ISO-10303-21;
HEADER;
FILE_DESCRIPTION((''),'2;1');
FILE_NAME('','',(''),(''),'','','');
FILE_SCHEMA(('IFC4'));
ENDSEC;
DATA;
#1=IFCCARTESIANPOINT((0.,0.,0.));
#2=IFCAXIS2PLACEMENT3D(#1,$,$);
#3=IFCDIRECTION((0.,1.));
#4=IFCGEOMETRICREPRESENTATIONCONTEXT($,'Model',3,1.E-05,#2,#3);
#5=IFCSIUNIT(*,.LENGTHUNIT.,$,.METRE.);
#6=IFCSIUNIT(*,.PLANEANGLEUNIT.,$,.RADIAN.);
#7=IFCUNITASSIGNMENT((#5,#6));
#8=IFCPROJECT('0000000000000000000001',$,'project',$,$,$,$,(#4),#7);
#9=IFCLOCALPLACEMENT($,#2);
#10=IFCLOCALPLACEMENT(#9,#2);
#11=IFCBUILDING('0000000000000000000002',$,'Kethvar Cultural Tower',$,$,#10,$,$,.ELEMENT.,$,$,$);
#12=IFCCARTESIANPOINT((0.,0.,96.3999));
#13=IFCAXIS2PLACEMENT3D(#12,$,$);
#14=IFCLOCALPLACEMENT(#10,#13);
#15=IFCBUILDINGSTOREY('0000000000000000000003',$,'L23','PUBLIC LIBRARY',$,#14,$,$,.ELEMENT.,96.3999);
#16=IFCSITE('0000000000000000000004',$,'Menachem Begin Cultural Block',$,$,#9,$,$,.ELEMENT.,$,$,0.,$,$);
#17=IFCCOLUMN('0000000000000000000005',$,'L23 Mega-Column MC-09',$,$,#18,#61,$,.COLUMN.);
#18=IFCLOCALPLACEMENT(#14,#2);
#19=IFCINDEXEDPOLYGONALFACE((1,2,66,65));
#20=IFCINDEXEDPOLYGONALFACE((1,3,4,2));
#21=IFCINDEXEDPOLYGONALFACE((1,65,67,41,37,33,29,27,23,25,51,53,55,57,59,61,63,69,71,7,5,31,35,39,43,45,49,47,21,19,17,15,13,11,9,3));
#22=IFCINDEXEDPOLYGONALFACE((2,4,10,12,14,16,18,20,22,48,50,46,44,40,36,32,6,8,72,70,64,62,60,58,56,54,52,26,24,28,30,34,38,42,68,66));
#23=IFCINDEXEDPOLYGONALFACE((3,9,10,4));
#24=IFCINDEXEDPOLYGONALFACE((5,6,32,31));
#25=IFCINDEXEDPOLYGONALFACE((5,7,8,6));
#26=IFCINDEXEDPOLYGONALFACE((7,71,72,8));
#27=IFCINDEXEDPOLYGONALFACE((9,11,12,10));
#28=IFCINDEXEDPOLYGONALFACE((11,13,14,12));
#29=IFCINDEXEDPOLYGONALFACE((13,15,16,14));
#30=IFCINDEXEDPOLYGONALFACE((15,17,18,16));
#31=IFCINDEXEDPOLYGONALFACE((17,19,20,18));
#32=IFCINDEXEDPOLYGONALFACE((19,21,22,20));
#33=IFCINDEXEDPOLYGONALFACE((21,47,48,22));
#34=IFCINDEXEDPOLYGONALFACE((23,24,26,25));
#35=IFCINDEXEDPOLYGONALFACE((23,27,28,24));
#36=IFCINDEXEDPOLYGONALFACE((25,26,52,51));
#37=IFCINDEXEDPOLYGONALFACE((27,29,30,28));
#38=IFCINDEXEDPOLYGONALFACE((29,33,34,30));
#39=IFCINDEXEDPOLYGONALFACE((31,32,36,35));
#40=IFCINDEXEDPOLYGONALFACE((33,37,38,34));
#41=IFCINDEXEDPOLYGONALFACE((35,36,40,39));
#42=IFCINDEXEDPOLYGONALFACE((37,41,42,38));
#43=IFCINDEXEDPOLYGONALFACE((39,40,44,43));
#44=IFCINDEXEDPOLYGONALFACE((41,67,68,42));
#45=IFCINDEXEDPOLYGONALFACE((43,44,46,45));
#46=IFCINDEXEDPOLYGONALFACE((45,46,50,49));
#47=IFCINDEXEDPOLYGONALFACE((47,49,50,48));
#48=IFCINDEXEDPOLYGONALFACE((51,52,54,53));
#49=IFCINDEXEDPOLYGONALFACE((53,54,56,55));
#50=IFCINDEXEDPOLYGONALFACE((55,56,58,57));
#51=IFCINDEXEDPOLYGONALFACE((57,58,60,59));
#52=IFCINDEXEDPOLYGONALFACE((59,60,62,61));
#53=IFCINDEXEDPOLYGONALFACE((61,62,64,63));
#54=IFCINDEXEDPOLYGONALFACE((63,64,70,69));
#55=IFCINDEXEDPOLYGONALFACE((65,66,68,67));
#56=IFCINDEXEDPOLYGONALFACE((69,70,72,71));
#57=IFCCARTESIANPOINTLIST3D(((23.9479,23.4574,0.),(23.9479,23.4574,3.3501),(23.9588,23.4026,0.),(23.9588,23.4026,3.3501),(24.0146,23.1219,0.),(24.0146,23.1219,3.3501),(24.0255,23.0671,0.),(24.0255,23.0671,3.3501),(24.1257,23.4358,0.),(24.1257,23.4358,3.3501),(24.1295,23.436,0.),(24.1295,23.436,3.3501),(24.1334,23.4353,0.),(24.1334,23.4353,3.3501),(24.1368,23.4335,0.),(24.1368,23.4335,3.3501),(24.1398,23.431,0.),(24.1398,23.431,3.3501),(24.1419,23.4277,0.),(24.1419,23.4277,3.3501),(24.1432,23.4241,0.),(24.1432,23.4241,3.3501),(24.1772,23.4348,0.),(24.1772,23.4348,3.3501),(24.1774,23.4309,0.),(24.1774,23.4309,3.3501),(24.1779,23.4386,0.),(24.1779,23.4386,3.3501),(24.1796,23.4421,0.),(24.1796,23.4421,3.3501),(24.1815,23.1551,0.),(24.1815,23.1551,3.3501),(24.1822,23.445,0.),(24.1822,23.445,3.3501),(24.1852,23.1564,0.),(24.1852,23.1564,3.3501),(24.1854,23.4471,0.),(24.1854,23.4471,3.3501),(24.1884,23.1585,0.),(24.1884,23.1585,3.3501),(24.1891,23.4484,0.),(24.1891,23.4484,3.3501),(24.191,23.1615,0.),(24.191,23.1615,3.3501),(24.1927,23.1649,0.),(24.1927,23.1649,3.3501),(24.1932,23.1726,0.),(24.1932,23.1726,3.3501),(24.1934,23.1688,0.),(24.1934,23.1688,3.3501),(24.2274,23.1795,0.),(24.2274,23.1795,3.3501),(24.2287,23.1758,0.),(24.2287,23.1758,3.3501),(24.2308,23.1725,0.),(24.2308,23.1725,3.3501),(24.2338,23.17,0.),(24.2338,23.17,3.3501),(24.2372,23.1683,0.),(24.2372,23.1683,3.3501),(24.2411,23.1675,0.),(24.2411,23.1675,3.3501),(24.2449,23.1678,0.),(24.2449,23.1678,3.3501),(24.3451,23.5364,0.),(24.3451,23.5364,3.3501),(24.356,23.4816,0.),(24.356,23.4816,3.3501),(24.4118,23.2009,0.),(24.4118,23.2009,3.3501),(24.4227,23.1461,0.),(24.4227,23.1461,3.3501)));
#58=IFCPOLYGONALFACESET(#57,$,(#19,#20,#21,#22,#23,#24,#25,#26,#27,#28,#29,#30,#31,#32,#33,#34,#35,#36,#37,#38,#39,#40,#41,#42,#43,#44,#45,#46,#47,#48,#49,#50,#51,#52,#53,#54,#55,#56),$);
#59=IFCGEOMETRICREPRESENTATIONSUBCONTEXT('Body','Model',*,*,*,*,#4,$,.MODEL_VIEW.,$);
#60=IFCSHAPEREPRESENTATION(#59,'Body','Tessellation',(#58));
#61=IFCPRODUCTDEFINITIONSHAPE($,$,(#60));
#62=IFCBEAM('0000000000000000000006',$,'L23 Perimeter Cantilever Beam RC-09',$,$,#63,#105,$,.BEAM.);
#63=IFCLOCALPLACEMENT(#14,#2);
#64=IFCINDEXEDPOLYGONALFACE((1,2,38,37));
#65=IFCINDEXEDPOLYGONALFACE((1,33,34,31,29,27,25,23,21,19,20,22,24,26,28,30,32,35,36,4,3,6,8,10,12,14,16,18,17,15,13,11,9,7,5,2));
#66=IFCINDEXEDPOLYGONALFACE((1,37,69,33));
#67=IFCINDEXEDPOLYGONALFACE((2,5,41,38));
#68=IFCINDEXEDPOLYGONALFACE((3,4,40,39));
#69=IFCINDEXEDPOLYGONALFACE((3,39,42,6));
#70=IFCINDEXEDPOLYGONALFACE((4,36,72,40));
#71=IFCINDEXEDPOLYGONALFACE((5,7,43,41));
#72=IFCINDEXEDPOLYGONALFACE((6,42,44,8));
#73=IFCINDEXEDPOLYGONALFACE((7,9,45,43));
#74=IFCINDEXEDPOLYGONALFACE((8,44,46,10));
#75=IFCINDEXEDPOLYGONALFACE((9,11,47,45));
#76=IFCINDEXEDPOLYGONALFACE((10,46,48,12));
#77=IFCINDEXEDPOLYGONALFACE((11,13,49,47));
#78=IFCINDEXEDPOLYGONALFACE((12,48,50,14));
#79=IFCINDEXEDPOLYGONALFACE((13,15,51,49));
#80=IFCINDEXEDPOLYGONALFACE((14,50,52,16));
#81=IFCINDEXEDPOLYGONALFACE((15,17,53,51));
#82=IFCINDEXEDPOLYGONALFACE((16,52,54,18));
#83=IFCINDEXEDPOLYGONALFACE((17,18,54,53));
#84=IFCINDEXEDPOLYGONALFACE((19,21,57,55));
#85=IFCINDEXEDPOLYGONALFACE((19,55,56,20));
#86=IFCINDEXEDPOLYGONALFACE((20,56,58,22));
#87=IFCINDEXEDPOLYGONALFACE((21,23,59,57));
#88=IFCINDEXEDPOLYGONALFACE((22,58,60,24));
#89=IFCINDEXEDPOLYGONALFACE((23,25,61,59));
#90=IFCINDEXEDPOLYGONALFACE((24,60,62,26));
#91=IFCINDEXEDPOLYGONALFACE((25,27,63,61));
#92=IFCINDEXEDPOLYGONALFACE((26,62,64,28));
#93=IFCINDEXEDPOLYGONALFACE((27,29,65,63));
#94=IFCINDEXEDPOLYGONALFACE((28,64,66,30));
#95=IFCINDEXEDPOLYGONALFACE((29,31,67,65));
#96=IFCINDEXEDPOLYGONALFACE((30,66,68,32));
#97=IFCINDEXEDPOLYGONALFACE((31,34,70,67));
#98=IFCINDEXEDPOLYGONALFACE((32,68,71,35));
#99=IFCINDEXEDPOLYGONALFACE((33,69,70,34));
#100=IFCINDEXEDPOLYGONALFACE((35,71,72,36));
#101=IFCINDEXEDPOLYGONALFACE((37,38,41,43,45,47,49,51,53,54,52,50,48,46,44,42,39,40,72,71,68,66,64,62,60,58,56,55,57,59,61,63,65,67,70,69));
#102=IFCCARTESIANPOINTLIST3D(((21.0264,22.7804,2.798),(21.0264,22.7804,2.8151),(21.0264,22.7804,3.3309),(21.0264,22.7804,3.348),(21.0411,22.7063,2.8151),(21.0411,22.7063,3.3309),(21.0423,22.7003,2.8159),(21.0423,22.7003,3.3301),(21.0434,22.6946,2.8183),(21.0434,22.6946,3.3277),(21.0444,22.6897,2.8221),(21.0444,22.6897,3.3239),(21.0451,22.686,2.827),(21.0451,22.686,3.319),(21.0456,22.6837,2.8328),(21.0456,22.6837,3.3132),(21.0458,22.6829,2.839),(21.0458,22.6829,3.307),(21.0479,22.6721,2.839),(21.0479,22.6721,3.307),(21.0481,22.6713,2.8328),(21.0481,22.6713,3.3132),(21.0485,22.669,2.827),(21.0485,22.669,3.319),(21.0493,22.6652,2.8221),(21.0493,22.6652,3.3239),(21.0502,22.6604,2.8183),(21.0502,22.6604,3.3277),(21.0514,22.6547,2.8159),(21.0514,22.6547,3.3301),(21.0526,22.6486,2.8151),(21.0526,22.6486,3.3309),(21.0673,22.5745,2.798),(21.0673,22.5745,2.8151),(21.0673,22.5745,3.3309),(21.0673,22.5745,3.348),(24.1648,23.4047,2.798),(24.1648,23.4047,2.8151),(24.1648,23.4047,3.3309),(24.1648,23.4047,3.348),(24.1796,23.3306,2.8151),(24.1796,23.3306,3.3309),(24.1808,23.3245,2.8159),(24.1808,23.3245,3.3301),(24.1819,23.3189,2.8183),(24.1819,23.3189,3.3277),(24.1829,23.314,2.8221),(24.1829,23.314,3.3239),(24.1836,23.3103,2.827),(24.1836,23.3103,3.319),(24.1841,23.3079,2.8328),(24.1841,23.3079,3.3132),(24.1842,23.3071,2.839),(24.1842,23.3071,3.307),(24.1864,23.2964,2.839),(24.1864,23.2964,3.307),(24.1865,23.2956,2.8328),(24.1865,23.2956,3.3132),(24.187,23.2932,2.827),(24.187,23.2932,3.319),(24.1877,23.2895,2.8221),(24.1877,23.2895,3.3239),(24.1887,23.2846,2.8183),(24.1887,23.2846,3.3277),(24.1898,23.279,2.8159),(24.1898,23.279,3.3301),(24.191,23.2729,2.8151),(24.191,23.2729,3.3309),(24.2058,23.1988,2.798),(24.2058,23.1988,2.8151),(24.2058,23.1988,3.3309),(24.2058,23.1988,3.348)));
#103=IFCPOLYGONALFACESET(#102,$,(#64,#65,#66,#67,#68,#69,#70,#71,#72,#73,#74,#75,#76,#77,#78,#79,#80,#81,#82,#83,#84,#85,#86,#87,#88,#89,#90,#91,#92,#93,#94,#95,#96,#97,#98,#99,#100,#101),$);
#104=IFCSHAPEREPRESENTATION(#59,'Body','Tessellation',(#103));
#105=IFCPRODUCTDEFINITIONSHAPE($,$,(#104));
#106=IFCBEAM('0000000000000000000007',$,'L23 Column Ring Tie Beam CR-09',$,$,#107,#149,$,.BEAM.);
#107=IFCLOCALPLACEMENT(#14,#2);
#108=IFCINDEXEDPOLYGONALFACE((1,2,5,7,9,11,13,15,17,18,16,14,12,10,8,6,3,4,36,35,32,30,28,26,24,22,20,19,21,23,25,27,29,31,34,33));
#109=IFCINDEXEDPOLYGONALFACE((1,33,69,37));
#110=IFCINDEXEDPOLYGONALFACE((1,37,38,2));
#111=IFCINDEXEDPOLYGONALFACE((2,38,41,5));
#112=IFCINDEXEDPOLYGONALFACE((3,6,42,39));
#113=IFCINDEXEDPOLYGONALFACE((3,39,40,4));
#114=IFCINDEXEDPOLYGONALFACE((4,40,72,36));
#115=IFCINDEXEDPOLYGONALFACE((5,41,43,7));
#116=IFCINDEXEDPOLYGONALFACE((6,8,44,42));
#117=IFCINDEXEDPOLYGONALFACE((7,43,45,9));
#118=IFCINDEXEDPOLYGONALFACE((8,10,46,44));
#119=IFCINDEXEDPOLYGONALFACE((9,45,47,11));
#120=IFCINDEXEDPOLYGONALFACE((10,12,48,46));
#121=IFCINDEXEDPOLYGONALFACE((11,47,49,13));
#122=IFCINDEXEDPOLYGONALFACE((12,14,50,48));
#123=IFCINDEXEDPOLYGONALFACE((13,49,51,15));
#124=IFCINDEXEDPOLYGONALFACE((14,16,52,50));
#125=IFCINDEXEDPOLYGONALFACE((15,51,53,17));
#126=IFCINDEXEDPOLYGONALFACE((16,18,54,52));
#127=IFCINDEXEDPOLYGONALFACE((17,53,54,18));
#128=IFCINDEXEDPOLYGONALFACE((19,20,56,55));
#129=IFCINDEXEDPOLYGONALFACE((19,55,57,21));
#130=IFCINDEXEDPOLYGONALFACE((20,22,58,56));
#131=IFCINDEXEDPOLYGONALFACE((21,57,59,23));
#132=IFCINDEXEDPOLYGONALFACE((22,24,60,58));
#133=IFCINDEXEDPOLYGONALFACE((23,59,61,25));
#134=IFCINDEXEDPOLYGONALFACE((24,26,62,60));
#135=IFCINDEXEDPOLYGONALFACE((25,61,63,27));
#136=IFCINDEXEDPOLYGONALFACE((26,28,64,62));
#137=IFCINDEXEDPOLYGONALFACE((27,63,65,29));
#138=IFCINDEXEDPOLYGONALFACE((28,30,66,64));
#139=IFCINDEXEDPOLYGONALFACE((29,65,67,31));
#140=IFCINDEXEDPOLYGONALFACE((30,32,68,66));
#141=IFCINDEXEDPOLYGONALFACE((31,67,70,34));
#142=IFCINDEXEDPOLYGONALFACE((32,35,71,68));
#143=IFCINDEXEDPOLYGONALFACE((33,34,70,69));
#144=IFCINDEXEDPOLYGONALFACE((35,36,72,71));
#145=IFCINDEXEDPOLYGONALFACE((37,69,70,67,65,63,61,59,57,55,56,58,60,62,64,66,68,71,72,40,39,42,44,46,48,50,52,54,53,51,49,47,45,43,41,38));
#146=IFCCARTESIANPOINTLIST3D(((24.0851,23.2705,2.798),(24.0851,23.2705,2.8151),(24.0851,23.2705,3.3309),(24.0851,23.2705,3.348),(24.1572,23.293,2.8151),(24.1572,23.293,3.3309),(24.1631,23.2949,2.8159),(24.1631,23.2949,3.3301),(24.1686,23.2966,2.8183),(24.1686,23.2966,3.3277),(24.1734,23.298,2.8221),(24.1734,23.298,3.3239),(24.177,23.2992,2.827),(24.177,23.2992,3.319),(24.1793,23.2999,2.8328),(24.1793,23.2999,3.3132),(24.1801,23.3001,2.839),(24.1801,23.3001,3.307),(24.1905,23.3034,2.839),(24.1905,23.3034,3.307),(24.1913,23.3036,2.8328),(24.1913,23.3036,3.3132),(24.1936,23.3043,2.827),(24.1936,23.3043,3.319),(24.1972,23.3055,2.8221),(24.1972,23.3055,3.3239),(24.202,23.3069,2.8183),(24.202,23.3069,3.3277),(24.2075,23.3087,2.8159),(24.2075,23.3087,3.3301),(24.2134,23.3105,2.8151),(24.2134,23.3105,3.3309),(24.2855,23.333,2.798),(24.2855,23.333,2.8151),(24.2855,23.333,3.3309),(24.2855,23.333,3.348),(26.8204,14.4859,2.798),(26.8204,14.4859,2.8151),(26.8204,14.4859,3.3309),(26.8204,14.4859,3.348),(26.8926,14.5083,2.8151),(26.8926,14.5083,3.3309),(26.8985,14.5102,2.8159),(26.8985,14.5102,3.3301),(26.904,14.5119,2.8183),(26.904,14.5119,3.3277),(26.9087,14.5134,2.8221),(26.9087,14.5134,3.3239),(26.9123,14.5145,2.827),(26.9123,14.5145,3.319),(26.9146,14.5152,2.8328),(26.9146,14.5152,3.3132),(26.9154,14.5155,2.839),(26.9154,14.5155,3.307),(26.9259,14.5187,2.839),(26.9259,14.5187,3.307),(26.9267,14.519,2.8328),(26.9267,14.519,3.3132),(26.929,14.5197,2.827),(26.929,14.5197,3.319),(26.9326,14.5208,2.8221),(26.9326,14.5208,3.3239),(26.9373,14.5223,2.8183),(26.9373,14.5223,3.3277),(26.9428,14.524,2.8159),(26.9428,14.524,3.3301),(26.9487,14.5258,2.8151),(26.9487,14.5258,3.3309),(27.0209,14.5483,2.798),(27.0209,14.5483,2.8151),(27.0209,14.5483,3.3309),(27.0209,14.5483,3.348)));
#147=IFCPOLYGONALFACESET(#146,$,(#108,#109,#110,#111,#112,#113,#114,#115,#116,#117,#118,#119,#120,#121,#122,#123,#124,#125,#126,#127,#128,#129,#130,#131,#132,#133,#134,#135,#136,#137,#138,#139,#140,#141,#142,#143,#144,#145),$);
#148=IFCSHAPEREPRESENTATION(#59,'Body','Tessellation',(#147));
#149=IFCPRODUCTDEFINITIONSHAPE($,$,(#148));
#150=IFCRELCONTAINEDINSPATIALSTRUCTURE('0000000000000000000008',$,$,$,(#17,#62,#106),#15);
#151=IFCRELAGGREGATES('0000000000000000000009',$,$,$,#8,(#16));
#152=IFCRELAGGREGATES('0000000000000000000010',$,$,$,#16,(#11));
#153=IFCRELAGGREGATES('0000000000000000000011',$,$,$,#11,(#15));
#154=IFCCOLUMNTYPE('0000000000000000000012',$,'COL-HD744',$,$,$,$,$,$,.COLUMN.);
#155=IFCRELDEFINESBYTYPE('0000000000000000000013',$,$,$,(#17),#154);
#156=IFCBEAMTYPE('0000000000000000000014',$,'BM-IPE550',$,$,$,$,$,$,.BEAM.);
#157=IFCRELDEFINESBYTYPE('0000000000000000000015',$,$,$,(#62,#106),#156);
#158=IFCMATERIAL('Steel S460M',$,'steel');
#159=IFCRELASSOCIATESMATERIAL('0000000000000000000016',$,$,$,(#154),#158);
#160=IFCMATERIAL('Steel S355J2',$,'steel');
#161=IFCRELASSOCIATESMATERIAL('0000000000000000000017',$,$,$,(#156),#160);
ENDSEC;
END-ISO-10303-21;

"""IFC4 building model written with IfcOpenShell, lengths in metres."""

from ifc_helpers import new_model, si_unit, direction, frame, origin, origin_2d, place, context, subcontext, project, spatial, i_section, extrude, source, transform, mapped, material, material_profile, profile_set, type_object, element, save


model = new_model("IFC4")

# Units and contexts
model_context = context("Model", 3, precision=1e-05, world=origin(), true_north=direction((0.0, 1.0)))
body_context = subcontext(model_context, "Body", "Model", "MODEL_VIEW")
ifc_project = project(units=[si_unit("LENGTHUNIT", "METRE"), si_unit("PLANEANGLEUNIT", "RADIAN")], contexts=[model_context])

# Site, building, storey
site_placement = place(None, origin())
site = spatial("IfcSite", under=ifc_project, at=site_placement, Name="Menachem Begin Cultural Block", CompositionType="ELEMENT", RefElevation=0.0)
building_placement = place(site_placement, origin())
building = spatial("IfcBuilding", under=site, at=building_placement, Name="Kethvar Cultural Tower", CompositionType="ELEMENT")
storey_placement = place(building_placement, frame((0.0, 0.0, 96.3999)))
storey = spatial("IfcBuildingStorey", under=building, at=storey_placement, Name="L23", Description="PUBLIC LIBRARY", CompositionType="ELEMENT", Elevation=96.3999)

# Column
ifc_material_1 = material(Name="Steel S460M", Category="steel")
ifc_material_profile_1 = material_profile(ifc_material_1, i_section(OverallWidth=0.405, OverallDepth=0.3979, WebThickness=0.0349, FlangeThickness=0.0559, FilletRadius=0.0149, at=origin_2d()), Name="Steel S460M — HD400x744")
ifc_profile_set_1 = profile_set([ifc_material_profile_1], Name="Steel S460M — HD400x744")
column_type = type_object("IfcColumnType", Name="COL-HD744", PredefinedType="COLUMN", material=ifc_profile_set_1)
shared_shape_1 = source(origin(), body_context, "Body", "SweptSolid", [
    extrude(i_section(OverallWidth=0.405, OverallDepth=0.3979, WebThickness=0.0349, FlangeThickness=0.0559, FilletRadius=0.0149, at=origin_2d()), origin(), (0.0, 0.0, 1.0), 3.3501),
])
column_placement = place(storey_placement, frame((24.1853, 23.3018, 0.0), z_axis=(0.0, 0.0, 1.0), x_axis=(-0.980785, -0.19509, 0.0)))
element("IfcColumn", 1, at=column_placement, inside=storey, type_object=column_type, Name="L23 Mega-Column MC-09", PredefinedType="COLUMN", context=body_context, shape_type="MappedRepresentation", body=[
    mapped(shared_shape_1, transform((0.0, 0.0, 0.0), scale=1.0)),
])

# Beams
ifc_material_2 = material(Name="Steel S355J2", Category="steel")
ifc_material_profile_2 = material_profile(ifc_material_2, i_section(OverallWidth=0.21, OverallDepth=0.55, WebThickness=0.011, FlangeThickness=0.0171, FilletRadius=0.0239, at=origin_2d()), Name="Steel S355J2 — IPE550")
ifc_profile_set_2 = profile_set([ifc_material_profile_2], Name="Steel S355J2 — IPE550")
beam_type_1 = type_object("IfcBeamType", Name="BM-IPE550", PredefinedType="BEAM", material=ifc_profile_set_2)
shared_shape_2 = source(origin(), body_context, "Body", "SweptSolid", [
    extrude(i_section(OverallWidth=0.21, OverallDepth=0.55, WebThickness=0.011, FlangeThickness=0.0171, FilletRadius=0.0239, at=origin_2d()), origin(), (0.0, 0.0, 1.0), 3.2),
])
beam_1_placement = place(storey_placement, frame((24.1853, 23.3018, 3.073), z_axis=(-0.980786, -0.195089, 0.0), x_axis=(0.195089, -0.980786, 0.0)))
element("IfcBeam", 2, at=beam_1_placement, inside=storey, type_object=beam_type_1, Name="L23 Perimeter Cantilever Beam RC-09", PredefinedType="BEAM", context=body_context, shape_type="MappedRepresentation", body=[
    mapped(shared_shape_2, transform((0.0, 0.0, 0.0), scale=1.0)),
])
shared_shape_3 = source(origin(), body_context, "Body", "SweptSolid", [
    extrude(i_section(OverallWidth=0.21, OverallDepth=0.55, WebThickness=0.011, FlangeThickness=0.0171, FilletRadius=0.0239, at=origin_2d()), origin(), (0.0, 0.0, 1.0), 9.2007),
])
beam_2_placement = place(storey_placement, frame((24.1853, 23.3018, 3.073), z_axis=(0.297299, -0.954784, 0.0), x_axis=(0.954784, 0.297299, 0.0)))
element("IfcBeam", 3, at=beam_2_placement, inside=storey, type_object=beam_type_1, Name="L23 Column Ring Tie Beam CR-09", PredefinedType="BEAM", context=body_context, shape_type="MappedRepresentation", body=[
    mapped(shared_shape_3, transform((0.0, 0.0, 0.0), scale=1.0)),
])

save(model, "model.ifc")
